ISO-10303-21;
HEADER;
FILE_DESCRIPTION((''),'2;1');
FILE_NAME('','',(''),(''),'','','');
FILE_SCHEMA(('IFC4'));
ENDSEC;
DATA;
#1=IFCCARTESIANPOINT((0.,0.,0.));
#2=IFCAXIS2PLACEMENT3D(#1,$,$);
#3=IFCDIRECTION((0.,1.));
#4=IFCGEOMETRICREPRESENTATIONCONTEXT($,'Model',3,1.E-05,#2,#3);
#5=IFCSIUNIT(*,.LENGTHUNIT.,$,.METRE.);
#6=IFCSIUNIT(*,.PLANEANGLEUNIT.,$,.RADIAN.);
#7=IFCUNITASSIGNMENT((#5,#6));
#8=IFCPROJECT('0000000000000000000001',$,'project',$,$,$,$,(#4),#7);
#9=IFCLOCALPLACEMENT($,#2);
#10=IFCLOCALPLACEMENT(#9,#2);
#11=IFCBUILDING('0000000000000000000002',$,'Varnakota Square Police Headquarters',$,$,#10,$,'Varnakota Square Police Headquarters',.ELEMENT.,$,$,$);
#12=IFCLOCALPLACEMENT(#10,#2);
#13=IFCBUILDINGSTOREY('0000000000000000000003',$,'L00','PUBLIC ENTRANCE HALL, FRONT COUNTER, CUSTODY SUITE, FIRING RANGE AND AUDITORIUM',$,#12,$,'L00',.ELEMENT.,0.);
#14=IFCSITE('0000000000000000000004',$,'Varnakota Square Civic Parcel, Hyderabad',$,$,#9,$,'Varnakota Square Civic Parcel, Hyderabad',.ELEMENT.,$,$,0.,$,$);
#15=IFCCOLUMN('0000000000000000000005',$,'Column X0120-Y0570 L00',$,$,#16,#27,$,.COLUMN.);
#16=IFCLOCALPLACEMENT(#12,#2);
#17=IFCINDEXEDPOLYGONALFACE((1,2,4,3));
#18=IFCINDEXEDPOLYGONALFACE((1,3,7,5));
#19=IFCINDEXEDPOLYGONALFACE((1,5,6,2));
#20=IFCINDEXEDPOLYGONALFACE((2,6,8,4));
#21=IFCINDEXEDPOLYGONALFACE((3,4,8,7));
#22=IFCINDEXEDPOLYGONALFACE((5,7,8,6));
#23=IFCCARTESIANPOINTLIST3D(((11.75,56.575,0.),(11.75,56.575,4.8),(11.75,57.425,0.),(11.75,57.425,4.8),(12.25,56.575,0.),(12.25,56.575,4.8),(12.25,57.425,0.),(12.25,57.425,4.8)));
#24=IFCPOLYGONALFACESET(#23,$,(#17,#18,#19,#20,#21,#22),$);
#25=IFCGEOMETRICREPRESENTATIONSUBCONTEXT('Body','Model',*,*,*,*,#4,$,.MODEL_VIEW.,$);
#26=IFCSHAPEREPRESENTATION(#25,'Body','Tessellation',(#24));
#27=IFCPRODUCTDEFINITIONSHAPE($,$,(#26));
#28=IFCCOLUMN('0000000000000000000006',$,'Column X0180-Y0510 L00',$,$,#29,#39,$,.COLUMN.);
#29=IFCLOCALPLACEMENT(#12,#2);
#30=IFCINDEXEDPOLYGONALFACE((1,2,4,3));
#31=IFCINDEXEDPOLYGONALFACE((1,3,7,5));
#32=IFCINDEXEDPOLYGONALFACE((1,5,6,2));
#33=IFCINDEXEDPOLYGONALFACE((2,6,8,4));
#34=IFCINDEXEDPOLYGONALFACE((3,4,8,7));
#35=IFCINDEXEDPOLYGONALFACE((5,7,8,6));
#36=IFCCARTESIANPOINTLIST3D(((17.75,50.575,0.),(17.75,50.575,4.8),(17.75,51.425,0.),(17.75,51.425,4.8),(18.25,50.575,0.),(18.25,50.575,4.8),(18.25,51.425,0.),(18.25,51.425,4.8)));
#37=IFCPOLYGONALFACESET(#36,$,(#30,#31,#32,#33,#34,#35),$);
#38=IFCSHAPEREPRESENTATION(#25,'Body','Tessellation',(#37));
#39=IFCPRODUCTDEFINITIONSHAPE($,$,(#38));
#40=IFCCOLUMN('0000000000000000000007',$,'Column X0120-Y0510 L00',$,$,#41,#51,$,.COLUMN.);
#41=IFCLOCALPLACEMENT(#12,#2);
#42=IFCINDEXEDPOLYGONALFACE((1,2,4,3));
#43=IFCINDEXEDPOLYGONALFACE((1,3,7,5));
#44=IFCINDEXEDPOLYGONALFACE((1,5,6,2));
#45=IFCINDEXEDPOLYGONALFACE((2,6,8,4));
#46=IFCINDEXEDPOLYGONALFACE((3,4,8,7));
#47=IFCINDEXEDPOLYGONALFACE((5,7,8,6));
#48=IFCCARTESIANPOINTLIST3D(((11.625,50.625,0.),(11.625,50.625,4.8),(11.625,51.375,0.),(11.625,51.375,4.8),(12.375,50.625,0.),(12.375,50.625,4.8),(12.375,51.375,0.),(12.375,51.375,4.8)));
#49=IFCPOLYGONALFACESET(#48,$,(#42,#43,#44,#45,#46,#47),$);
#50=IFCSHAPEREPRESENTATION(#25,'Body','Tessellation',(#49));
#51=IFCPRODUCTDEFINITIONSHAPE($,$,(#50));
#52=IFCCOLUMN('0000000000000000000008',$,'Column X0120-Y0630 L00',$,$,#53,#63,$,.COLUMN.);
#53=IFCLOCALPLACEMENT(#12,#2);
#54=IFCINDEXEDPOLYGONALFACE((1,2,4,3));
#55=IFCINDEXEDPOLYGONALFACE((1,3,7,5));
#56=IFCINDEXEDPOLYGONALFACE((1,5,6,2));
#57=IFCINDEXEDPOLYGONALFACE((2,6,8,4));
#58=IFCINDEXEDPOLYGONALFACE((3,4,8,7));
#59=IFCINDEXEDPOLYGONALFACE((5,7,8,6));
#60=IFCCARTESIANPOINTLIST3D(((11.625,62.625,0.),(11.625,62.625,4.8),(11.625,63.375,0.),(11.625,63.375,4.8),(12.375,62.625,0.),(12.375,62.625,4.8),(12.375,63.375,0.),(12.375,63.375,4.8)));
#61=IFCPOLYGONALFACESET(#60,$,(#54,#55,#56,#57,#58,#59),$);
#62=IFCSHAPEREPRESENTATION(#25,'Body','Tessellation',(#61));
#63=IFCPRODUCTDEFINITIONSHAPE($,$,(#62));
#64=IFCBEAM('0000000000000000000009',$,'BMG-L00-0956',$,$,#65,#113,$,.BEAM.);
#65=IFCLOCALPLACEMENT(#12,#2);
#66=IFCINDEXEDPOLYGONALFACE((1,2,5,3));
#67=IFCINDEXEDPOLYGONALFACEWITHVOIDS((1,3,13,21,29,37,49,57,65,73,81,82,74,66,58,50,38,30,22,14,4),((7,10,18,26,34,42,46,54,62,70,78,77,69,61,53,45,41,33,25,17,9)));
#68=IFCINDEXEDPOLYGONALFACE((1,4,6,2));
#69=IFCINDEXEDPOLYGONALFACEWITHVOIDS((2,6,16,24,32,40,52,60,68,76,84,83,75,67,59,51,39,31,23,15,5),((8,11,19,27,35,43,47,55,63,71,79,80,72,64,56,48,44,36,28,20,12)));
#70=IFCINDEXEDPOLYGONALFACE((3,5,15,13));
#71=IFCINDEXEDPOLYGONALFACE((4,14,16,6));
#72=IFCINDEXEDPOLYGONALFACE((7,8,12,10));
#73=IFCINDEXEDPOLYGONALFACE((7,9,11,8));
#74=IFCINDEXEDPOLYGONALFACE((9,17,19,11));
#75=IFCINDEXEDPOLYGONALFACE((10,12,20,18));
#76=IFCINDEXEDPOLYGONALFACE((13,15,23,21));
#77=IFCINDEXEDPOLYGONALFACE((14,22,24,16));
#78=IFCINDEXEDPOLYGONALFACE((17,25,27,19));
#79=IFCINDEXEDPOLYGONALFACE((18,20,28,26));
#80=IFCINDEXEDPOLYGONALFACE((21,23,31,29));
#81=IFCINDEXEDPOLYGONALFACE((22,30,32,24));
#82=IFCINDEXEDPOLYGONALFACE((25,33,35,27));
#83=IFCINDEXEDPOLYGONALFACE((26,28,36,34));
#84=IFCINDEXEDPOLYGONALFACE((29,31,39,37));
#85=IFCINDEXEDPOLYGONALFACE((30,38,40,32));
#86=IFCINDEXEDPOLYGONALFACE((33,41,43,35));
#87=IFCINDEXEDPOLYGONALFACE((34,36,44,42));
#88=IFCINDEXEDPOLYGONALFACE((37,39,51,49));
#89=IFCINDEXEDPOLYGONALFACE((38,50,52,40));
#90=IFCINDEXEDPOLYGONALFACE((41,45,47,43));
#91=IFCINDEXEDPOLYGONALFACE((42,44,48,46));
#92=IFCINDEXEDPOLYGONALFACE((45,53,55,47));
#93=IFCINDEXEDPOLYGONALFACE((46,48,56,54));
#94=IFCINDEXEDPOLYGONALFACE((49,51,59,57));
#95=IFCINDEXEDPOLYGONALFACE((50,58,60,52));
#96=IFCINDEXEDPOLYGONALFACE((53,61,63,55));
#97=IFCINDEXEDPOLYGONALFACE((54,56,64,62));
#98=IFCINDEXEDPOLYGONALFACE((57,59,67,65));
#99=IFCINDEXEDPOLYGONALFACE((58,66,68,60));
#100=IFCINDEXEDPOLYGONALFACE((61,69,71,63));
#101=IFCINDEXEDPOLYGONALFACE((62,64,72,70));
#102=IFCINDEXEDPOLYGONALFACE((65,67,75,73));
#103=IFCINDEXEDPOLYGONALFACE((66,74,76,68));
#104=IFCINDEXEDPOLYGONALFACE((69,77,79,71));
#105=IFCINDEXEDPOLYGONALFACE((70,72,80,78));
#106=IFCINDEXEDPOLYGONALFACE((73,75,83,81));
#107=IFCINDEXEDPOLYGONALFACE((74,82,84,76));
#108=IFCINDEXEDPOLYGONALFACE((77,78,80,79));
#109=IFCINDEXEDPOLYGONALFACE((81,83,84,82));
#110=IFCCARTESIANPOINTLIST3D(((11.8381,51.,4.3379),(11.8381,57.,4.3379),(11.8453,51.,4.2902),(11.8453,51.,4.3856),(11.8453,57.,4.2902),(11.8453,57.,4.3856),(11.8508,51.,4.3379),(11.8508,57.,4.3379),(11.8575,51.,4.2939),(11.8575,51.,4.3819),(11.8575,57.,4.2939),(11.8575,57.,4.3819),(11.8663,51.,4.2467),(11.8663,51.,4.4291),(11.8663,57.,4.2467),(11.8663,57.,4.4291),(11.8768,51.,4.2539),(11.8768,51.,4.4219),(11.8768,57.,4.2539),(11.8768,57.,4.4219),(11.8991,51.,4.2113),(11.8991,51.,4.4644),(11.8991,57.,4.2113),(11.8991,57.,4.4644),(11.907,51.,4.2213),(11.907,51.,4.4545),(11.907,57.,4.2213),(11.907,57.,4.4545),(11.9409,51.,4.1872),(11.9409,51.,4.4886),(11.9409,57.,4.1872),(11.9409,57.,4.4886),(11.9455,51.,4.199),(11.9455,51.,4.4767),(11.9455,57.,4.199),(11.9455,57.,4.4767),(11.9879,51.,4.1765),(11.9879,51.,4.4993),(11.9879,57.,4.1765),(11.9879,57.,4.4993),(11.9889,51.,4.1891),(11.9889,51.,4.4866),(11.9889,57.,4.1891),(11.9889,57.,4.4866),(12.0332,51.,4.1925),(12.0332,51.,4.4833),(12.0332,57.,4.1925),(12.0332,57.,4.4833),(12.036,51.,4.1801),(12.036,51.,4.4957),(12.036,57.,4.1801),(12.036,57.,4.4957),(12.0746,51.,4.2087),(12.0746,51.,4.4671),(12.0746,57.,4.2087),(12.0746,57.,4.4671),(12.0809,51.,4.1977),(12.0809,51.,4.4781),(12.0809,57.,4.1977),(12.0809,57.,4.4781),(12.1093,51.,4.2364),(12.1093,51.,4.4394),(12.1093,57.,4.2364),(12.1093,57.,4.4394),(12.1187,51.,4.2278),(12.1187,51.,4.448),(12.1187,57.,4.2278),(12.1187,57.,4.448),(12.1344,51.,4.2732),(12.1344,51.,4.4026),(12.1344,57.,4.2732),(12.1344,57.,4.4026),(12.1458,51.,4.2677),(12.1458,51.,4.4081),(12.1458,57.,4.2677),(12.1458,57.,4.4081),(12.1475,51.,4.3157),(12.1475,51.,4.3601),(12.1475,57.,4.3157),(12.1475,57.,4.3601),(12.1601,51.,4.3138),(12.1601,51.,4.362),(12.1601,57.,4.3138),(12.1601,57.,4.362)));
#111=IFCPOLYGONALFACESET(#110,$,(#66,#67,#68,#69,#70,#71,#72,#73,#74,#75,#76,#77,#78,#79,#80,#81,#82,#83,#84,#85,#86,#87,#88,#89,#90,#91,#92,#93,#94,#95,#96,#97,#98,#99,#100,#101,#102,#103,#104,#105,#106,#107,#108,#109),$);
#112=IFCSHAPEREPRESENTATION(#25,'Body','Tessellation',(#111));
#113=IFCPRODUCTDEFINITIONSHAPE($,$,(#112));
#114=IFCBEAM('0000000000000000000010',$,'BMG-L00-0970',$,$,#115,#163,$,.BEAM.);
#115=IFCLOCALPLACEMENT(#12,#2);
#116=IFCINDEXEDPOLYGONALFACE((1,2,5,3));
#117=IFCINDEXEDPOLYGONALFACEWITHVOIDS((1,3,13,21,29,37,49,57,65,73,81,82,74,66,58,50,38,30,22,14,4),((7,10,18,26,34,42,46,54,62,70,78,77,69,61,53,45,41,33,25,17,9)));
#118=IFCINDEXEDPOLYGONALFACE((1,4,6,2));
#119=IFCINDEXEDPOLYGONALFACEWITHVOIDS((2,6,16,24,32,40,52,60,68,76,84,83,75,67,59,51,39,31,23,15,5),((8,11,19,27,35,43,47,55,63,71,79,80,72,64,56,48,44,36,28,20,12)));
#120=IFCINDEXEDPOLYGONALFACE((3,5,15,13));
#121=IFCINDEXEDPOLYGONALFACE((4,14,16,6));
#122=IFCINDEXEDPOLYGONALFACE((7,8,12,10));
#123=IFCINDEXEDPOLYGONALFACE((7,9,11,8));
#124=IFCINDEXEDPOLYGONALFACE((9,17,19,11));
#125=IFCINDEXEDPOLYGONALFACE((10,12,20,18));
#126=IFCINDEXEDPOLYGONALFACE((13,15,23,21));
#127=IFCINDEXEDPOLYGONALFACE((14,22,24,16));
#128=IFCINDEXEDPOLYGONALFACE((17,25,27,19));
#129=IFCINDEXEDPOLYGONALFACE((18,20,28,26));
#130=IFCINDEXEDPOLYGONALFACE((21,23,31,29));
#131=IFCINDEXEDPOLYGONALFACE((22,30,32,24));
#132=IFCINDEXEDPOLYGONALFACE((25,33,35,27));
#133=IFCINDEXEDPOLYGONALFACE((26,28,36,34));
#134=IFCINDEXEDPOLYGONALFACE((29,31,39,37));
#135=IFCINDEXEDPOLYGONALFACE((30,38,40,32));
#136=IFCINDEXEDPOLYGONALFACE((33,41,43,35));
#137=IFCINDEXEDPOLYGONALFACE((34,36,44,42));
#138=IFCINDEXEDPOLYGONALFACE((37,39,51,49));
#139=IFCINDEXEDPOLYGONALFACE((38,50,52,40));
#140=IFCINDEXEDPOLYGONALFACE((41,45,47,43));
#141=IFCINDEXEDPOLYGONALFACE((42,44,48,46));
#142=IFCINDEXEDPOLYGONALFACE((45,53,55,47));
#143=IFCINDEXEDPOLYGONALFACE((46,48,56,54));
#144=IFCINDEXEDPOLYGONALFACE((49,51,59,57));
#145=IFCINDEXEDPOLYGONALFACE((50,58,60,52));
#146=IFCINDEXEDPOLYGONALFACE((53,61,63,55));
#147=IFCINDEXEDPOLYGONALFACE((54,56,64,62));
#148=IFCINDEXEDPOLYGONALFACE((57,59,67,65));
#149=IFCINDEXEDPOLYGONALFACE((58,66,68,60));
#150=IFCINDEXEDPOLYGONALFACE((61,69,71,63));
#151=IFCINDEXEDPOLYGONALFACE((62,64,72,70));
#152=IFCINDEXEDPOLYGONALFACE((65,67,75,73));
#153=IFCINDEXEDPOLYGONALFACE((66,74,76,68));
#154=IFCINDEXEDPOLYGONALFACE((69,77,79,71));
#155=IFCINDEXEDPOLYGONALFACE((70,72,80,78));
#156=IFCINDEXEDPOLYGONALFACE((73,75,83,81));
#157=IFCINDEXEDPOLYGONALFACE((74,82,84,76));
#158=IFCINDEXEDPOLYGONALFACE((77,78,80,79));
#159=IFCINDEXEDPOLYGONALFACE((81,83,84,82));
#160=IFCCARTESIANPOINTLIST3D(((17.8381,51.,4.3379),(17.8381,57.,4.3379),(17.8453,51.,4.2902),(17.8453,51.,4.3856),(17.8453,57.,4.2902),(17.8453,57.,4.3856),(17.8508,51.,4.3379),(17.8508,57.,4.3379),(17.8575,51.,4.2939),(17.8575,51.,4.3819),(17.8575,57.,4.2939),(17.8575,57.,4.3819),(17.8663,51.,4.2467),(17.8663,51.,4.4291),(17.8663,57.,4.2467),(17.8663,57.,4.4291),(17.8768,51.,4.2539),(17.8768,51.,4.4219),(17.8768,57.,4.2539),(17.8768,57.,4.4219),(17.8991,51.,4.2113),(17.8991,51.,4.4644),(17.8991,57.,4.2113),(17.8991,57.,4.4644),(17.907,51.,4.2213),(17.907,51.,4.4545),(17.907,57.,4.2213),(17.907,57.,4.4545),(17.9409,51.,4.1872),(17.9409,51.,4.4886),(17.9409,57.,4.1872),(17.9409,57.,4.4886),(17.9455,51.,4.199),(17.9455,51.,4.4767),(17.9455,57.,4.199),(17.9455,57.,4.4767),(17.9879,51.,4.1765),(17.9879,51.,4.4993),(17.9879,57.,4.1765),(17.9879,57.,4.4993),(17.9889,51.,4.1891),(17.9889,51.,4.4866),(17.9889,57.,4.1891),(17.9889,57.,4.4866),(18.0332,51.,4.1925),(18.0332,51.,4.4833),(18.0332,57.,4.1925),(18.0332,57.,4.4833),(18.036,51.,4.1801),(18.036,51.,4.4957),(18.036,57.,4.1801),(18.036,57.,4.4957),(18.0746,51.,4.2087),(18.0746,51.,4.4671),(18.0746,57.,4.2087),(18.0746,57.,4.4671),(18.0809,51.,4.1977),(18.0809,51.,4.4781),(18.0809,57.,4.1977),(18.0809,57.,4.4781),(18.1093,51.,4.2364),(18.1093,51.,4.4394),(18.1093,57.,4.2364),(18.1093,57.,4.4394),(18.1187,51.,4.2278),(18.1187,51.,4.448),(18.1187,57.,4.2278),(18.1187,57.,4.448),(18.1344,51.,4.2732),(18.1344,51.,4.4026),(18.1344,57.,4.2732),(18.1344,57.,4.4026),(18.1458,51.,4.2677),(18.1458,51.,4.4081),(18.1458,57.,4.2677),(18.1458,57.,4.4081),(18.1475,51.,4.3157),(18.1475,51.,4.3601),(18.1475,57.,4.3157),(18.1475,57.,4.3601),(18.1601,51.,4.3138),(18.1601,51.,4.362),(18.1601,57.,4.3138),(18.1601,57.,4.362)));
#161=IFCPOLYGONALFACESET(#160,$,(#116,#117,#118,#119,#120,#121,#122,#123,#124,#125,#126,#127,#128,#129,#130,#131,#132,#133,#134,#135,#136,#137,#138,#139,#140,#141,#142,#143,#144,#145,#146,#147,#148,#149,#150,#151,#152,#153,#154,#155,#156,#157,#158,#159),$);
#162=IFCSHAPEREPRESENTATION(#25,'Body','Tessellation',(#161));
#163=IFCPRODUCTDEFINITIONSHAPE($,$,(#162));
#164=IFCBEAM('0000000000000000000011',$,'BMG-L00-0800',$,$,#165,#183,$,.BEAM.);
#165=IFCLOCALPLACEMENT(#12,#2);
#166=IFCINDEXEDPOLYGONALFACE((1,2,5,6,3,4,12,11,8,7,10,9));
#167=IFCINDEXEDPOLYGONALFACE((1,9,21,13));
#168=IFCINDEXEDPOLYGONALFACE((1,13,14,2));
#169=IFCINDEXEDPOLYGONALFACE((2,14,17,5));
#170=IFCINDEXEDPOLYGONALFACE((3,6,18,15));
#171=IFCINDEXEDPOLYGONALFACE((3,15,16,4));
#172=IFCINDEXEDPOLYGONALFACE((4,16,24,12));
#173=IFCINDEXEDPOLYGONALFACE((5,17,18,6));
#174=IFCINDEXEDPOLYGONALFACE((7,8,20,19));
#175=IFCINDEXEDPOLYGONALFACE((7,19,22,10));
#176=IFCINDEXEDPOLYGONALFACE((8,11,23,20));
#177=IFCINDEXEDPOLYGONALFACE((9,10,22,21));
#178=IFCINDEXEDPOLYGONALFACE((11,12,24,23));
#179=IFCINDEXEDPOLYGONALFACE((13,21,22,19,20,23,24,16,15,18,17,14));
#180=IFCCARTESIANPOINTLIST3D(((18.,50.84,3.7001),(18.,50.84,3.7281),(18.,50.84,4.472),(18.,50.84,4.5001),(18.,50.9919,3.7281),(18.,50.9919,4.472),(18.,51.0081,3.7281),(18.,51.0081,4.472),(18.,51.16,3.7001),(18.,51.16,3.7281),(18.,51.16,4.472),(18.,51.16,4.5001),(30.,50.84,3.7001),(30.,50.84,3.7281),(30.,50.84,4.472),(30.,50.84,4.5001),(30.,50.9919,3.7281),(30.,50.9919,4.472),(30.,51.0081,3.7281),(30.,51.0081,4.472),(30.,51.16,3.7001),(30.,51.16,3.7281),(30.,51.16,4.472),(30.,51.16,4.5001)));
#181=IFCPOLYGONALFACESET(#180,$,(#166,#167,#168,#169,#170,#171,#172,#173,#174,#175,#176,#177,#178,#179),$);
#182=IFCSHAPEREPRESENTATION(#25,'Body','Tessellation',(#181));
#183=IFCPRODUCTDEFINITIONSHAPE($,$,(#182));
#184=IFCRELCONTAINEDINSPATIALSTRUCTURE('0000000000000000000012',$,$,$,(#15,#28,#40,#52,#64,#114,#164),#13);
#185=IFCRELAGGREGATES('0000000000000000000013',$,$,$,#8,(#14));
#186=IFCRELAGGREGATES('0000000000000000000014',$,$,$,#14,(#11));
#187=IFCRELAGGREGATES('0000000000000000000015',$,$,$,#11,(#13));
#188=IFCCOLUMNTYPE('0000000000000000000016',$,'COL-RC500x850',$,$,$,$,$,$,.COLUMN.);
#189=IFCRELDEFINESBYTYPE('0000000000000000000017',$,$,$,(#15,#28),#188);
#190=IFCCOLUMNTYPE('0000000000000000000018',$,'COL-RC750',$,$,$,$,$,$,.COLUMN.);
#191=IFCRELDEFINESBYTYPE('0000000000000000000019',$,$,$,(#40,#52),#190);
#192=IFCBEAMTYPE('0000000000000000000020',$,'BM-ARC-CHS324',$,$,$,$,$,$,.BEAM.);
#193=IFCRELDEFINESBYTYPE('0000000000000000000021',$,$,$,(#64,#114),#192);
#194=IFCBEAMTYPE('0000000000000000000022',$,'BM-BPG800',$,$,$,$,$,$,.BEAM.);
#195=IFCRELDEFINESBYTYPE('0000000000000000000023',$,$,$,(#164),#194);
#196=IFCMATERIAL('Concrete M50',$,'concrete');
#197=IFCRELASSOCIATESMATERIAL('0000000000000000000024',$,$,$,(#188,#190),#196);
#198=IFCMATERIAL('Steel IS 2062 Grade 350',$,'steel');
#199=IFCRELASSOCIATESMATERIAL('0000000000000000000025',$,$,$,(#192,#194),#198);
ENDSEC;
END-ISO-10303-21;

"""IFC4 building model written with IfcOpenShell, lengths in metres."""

from ifc_helpers import new_model, si_unit, direction, frame, origin, origin_2d, place, context, subcontext, project, spatial, rectangle, hollow_circle, i_section, extrude, material, material_profile, profile_set, type_object, element, save


model = new_model("IFC4")

# Units and contexts
model_context = context("Model", 3, precision=1e-05, world=origin(), true_north=direction((0.0, 1.0)))
body_context = subcontext(model_context, "Body", "Model", "MODEL_VIEW")
ifc_project = project(units=[si_unit("LENGTHUNIT", "METRE"), si_unit("PLANEANGLEUNIT", "RADIAN")], contexts=[model_context])

# Site, building, storey
site_placement = place(None, origin())
site = spatial("IfcSite", under=ifc_project, at=site_placement, Name="Varnakota Square Civic Parcel, Hyderabad", LongName="Varnakota Square Civic Parcel, Hyderabad", CompositionType="ELEMENT", RefElevation=0.0)
building_placement = place(site_placement, origin())
building = spatial("IfcBuilding", under=site, at=building_placement, Name="Varnakota Square Police Headquarters", LongName="Varnakota Square Police Headquarters", CompositionType="ELEMENT")
storey_placement = place(building_placement, origin())
storey = spatial("IfcBuildingStorey", under=building, at=storey_placement, Name="L00", Description="PUBLIC ENTRANCE HALL, FRONT COUNTER, CUSTODY SUITE, FIRING RANGE AND AUDITORIUM", LongName="L00", CompositionType="ELEMENT", Elevation=0.0)

# Columns
ifc_material_1 = material(Name="Concrete M50", Category="concrete")
ifc_material_profile_1 = material_profile(ifc_material_1, rectangle(XDim=0.5, YDim=0.8501, at=origin_2d()), Name="RC 500x850")
ifc_profile_set_1 = profile_set([ifc_material_profile_1], Name="Concrete M50")
column_type_1 = type_object("IfcColumnType", Name="COL-RC500x850", PredefinedType="COLUMN", material=ifc_profile_set_1)
for number, where, z_axis, x_axis, name in (
    (1, (12.0, 57.0, 0.0), (0.0, 0.0, 1.0), (1.0, 0.0, 0.0), "Column X0120-Y0570 L00"),
    (2, (18.0, 51.0, 0.0), (0.0, 0.0, 1.0), (1.0, 0.0, 0.0), "Column X0180-Y0510 L00"),
):
    element("IfcColumn", number, at=place(storey_placement, frame(where, z_axis=z_axis, x_axis=x_axis)), inside=storey, type_object=column_type_1, Name=name, PredefinedType="COLUMN", context=body_context, shape_type="SweptSolid", body=[
        extrude(rectangle(XDim=0.5, YDim=0.8501, at=origin_2d()), origin(), (0.0, 0.0, 1.0), 4.8),
    ])
ifc_material_profile_2 = material_profile(ifc_material_1, rectangle(XDim=0.75, YDim=0.75, at=origin_2d()), Name="RC 750x750")
ifc_profile_set_2 = profile_set([ifc_material_profile_2], Name="Concrete M50")
column_type_2 = type_object("IfcColumnType", Name="COL-RC750", PredefinedType="COLUMN", material=ifc_profile_set_2)
for number, where, z_axis, x_axis, name in (
    (3, (12.0, 51.0, 0.0), (0.0, 0.0, 1.0), (1.0, 0.0, 0.0), "Column X0120-Y0510 L00"),
    (4, (12.0, 63.0, 0.0), (0.0, 0.0, 1.0), (1.0, 0.0, 0.0), "Column X0120-Y0630 L00"),
):
    element("IfcColumn", number, at=place(storey_placement, frame(where, z_axis=z_axis, x_axis=x_axis)), inside=storey, type_object=column_type_2, Name=name, PredefinedType="COLUMN", context=body_context, shape_type="SweptSolid", body=[
        extrude(rectangle(XDim=0.75, YDim=0.75, at=origin_2d()), origin(), (0.0, 0.0, 1.0), 4.8),
    ])

# Beams
ifc_material_2 = material(Name="Steel IS 2062 Grade 350", Category="steel")
ifc_material_profile_3 = material_profile(ifc_material_2, hollow_circle(Radius=0.1619, WallThickness=0.0127, at=origin_2d()), Name="CHS 323.9x12.7")
ifc_profile_set_3 = profile_set([ifc_material_profile_3], Name="Steel IS 2062 Grade 350")
beam_type_1 = type_object("IfcBeamType", Name="BM-ARC-CHS324", PredefinedType="BEAM", material=ifc_profile_set_3)
for number, where, z_axis, x_axis, name in (
    (5, (12.0, 51.0, 4.3379), (0.0, 1.0, 0.0), (-1.0, 0.0, 0.0), "BMG-L00-0956"),
    (6, (18.0, 51.0, 4.3379), (0.0, 1.0, 0.0), (-1.0, 0.0, 0.0), "BMG-L00-0970"),
):
    element("IfcBeam", number, at=place(storey_placement, frame(where, z_axis=z_axis, x_axis=x_axis)), inside=storey, type_object=beam_type_1, Name=name, PredefinedType="BEAM", context=body_context, shape_type="SweptSolid", body=[
        extrude(hollow_circle(Radius=0.1619, WallThickness=0.0127, at=origin_2d()), origin(), (0.0, 0.0, 1.0), 6.0),
    ])
ifc_material_profile_4 = material_profile(ifc_material_2, i_section(OverallWidth=0.3201, OverallDepth=0.8, WebThickness=0.0161, FlangeThickness=0.0281, at=origin_2d()), Name="BPG 800x320")
ifc_profile_set_4 = profile_set([ifc_material_profile_4], Name="Steel IS 2062 Grade 350")
beam_type_2 = type_object("IfcBeamType", Name="BM-BPG800", PredefinedType="BEAM", material=ifc_profile_set_4)
beam_1_placement = place(storey_placement, frame((18.0, 51.0, 4.1001), z_axis=(1.0, 0.0, 0.0), x_axis=(0.0, 1.0, 0.0)))
element("IfcBeam", 7, at=beam_1_placement, inside=storey, type_object=beam_type_2, Name="BMG-L00-0800", PredefinedType="BEAM", context=body_context, shape_type="SweptSolid", body=[
    extrude(i_section(OverallWidth=0.3201, OverallDepth=0.8, WebThickness=0.0161, FlangeThickness=0.0281, at=origin_2d()), origin(), (0.0, 0.0, 1.0), 12.0),
])

save(model, "model.ifc")
